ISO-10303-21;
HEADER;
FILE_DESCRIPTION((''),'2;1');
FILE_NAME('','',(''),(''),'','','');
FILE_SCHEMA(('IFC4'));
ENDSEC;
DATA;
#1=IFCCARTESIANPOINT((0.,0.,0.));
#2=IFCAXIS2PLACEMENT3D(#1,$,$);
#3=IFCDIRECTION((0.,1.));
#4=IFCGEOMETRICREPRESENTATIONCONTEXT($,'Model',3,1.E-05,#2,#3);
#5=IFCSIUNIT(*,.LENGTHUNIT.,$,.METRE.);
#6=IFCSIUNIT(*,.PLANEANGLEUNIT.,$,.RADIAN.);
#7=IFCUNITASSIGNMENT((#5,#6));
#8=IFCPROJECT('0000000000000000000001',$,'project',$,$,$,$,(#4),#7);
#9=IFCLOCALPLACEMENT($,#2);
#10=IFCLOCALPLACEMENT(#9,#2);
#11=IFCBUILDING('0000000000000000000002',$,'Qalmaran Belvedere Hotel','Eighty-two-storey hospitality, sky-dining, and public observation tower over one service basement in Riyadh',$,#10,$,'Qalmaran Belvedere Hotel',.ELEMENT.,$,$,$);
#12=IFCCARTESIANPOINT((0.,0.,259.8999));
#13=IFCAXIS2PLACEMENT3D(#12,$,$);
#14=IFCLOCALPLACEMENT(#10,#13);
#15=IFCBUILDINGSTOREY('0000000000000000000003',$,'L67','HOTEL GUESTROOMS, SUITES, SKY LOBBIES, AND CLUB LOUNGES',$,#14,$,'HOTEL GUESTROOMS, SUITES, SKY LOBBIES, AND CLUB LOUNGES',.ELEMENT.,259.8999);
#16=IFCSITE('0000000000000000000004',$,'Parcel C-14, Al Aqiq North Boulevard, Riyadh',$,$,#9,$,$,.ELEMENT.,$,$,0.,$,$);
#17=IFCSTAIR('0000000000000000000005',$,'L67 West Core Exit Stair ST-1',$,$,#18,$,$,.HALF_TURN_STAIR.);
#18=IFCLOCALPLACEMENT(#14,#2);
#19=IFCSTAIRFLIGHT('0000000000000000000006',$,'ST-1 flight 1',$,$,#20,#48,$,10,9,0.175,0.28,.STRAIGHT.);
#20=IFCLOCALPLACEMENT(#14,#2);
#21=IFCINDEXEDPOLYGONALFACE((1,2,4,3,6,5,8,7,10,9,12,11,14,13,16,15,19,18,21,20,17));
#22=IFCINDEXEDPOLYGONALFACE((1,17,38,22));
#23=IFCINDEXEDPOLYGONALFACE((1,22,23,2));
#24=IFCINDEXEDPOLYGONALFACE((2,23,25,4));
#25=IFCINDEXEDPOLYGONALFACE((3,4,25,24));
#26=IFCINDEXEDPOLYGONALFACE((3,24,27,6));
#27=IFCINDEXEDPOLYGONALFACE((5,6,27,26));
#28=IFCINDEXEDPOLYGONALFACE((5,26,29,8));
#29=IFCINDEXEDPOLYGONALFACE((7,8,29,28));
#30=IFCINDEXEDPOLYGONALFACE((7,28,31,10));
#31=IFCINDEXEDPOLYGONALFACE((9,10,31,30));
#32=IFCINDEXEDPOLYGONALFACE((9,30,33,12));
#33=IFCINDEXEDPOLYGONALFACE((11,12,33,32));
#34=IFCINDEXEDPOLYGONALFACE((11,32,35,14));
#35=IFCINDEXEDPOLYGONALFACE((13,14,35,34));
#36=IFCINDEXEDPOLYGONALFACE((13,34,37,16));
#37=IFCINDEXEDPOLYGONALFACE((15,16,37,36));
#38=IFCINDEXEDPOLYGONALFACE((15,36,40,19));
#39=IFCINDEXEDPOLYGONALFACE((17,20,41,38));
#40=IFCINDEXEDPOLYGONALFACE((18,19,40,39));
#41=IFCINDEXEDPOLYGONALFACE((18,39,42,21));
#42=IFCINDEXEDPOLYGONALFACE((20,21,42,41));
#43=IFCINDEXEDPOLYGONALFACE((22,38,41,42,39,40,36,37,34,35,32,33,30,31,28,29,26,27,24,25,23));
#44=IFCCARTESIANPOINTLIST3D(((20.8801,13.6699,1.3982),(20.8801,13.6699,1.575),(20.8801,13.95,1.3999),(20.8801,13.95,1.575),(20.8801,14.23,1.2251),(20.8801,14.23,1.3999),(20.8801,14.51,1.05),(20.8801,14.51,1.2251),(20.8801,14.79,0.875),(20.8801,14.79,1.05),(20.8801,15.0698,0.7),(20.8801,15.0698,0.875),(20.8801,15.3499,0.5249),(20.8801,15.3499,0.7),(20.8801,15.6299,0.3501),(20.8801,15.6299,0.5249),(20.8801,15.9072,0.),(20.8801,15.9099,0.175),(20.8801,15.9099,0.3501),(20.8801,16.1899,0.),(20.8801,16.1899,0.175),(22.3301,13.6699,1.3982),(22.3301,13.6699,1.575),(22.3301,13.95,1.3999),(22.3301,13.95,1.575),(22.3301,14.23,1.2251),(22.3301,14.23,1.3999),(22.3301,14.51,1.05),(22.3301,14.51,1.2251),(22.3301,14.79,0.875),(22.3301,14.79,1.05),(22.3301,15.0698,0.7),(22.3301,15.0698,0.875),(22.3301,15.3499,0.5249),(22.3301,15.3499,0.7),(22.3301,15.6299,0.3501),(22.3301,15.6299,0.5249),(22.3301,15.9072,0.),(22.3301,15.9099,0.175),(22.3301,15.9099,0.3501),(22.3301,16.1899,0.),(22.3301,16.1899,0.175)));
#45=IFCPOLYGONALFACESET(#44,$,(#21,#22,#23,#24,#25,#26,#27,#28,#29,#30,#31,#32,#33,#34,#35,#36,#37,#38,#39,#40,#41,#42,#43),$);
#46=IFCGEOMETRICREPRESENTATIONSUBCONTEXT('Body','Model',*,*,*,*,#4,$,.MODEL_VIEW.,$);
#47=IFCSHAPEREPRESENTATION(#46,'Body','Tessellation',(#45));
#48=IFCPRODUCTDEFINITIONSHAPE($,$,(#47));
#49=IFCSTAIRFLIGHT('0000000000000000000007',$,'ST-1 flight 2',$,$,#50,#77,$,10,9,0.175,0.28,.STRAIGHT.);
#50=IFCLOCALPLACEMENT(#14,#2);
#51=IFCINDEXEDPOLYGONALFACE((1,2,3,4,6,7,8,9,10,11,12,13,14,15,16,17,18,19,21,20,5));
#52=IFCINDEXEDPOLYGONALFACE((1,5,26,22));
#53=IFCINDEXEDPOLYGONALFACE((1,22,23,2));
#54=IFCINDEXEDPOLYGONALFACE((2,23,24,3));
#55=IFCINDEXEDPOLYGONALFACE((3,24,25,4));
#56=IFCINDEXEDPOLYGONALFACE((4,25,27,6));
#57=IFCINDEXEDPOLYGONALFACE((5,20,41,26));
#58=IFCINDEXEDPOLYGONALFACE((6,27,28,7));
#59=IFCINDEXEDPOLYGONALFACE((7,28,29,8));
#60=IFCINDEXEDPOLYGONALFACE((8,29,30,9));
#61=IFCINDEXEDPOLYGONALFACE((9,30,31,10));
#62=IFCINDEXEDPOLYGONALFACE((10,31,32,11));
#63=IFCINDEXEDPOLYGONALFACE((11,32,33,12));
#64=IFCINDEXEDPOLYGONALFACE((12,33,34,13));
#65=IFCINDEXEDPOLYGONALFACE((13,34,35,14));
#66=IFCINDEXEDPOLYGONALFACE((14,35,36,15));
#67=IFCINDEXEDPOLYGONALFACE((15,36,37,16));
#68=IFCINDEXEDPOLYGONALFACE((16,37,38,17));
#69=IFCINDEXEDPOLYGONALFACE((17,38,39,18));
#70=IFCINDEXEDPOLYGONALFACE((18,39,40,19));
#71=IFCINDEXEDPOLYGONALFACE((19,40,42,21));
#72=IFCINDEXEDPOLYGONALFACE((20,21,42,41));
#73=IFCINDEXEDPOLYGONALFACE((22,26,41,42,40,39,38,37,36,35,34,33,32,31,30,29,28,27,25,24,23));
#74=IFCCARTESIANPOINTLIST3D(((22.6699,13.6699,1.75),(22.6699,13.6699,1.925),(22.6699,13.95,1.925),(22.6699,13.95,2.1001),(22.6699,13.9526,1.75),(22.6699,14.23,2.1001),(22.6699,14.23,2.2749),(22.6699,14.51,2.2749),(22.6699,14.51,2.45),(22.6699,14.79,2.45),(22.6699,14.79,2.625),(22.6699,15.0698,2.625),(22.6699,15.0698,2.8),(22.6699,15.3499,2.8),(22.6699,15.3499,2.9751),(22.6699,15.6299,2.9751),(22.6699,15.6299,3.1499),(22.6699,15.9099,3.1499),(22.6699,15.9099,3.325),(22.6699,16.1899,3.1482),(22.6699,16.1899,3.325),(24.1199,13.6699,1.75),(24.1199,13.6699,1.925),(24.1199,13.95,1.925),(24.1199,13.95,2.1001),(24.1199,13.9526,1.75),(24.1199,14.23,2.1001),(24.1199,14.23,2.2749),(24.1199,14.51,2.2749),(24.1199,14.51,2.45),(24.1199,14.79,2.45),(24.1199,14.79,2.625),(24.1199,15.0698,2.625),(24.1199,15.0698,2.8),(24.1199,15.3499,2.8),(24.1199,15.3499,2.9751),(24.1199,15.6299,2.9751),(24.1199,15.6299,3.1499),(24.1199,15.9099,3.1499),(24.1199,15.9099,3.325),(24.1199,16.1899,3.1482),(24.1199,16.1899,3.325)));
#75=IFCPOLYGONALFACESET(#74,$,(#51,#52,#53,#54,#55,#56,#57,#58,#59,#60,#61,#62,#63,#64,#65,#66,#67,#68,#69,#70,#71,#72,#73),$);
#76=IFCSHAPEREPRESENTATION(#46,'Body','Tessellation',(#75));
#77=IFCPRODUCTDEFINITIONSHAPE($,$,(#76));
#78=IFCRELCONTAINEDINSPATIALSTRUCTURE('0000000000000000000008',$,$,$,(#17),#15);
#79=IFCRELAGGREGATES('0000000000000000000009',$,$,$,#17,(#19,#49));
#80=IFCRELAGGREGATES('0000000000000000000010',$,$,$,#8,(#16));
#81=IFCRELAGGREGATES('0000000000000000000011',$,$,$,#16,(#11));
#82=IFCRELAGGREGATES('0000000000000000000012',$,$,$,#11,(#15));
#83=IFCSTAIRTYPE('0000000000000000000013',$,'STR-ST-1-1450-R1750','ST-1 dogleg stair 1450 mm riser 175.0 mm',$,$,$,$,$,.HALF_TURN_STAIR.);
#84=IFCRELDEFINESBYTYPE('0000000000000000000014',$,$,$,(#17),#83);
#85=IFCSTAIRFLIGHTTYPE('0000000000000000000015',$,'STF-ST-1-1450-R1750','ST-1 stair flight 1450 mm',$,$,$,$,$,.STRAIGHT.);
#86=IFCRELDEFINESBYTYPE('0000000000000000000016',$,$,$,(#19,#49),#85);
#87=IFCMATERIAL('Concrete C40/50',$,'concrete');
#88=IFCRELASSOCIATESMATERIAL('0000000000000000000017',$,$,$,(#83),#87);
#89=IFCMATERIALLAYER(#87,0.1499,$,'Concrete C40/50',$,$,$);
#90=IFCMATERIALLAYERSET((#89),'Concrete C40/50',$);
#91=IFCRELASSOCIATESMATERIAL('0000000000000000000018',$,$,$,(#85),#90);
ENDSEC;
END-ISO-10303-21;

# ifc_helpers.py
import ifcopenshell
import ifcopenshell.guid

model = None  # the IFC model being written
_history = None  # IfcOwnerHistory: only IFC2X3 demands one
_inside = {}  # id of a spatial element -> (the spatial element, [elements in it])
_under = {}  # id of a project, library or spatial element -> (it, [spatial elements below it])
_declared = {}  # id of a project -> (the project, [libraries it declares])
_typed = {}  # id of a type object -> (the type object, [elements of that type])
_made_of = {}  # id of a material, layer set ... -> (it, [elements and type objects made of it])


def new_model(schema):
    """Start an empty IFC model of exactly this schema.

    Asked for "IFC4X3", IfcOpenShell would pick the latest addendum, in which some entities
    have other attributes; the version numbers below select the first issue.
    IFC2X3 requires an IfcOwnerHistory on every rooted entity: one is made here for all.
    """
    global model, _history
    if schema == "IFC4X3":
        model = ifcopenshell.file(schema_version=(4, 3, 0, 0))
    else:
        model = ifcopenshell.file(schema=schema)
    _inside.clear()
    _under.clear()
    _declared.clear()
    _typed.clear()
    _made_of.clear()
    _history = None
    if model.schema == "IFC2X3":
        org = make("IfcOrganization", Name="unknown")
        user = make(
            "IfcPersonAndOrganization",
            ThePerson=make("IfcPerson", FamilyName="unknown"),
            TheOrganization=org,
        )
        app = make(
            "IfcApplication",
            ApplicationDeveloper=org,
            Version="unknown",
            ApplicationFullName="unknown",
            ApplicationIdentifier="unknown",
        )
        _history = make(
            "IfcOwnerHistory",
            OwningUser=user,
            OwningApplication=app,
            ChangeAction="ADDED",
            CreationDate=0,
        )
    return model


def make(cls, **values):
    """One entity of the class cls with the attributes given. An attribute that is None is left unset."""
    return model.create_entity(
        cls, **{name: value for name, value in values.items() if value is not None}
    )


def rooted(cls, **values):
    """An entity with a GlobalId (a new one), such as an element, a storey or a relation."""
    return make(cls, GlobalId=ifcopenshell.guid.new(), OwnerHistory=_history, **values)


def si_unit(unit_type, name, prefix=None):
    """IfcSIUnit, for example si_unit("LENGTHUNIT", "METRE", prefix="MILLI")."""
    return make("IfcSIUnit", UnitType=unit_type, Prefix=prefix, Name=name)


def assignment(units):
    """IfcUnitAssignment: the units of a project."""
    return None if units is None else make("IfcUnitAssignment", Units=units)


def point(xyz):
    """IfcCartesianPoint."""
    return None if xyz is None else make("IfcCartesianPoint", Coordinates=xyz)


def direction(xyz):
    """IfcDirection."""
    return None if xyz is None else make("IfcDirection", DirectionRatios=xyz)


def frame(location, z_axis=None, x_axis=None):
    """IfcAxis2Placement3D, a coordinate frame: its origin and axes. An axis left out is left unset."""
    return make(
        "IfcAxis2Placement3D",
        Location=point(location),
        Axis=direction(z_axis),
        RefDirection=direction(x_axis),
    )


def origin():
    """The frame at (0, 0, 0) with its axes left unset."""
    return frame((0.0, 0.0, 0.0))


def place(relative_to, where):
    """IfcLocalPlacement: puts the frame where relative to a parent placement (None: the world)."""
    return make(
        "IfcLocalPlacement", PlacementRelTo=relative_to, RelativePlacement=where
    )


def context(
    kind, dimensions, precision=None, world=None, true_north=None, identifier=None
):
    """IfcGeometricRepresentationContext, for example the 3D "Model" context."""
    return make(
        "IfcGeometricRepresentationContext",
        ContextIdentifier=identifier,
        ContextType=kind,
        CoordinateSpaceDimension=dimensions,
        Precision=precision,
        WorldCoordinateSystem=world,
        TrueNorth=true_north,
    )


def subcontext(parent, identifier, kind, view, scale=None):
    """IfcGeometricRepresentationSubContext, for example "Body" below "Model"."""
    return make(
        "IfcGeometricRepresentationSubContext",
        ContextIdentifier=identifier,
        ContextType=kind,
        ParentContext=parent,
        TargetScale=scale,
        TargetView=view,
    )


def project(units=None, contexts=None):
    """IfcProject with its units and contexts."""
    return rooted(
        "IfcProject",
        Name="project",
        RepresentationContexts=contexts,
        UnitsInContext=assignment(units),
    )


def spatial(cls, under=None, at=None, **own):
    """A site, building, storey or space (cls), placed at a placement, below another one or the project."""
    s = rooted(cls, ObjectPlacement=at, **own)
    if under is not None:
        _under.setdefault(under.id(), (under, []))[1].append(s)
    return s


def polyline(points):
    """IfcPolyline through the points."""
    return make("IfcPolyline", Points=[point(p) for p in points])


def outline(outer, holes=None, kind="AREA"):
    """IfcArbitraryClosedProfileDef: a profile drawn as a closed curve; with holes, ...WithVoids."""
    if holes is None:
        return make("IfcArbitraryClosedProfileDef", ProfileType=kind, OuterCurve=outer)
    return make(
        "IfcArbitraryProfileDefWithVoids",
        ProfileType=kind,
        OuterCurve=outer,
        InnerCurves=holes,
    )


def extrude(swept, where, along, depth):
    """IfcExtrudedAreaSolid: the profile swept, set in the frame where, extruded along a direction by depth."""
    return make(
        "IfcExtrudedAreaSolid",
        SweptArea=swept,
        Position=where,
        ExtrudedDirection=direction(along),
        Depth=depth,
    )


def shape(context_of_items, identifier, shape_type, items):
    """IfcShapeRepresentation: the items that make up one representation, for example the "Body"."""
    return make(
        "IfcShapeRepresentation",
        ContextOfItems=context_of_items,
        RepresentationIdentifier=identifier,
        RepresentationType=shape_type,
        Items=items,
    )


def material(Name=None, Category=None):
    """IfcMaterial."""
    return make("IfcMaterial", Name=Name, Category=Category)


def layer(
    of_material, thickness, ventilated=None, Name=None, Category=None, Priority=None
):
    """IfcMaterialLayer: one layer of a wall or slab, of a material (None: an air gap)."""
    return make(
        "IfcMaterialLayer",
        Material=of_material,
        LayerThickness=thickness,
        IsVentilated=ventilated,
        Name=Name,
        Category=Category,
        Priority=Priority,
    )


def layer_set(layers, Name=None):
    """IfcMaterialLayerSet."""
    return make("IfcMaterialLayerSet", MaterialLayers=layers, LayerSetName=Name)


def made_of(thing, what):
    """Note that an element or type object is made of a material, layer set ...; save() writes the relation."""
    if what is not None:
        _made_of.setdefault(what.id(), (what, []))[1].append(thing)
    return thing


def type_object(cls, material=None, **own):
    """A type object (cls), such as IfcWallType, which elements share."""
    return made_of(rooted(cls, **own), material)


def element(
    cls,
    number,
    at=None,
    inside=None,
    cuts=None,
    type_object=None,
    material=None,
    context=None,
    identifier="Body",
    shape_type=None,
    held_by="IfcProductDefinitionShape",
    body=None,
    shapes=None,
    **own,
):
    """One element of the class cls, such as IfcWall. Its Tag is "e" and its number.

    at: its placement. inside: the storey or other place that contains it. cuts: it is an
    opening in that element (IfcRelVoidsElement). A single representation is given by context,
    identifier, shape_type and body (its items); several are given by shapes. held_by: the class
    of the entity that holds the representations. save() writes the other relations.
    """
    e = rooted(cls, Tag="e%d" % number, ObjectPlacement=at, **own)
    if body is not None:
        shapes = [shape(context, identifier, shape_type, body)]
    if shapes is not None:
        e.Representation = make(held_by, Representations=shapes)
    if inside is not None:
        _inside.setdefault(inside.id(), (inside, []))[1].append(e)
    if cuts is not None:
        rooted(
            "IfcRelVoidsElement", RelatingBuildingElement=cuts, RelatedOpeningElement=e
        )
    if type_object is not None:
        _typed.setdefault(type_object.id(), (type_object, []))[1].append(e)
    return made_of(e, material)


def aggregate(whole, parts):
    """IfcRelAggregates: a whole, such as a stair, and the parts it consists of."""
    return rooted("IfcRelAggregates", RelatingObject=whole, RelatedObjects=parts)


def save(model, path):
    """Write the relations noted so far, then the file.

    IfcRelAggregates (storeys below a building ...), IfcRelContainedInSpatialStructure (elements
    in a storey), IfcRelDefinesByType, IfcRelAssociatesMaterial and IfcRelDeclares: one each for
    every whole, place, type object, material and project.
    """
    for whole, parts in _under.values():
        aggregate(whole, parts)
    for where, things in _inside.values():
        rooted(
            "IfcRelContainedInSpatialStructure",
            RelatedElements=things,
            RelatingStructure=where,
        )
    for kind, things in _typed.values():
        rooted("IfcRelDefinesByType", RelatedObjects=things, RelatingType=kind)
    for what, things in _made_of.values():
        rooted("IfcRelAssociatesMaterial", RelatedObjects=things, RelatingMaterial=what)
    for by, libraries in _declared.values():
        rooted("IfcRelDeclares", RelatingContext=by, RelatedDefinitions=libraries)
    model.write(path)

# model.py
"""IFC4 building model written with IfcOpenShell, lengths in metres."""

from ifc_helpers import new_model, si_unit, direction, frame, origin, place, context, subcontext, project, spatial, polyline, outline, extrude, material, layer, layer_set, type_object, element, aggregate, save


model = new_model("IFC4")

# Units and contexts
model_context = context("Model", 3, precision=1e-05, world=origin(), true_north=direction((0.0, 1.0)))
body_context = subcontext(model_context, "Body", "Model", "MODEL_VIEW")
ifc_project = project(units=[si_unit("LENGTHUNIT", "METRE"), si_unit("PLANEANGLEUNIT", "RADIAN")], contexts=[model_context])

# Site, building, storey
site_placement = place(None, origin())
site = spatial("IfcSite", under=ifc_project, at=site_placement, Name="Parcel C-14, Al Aqiq North Boulevard, Riyadh", CompositionType="ELEMENT", RefElevation=0.0)
building_placement = place(site_placement, origin())
building = spatial("IfcBuilding", under=site, at=building_placement, Name="Qalmaran Belvedere Hotel", Description="Eighty-two-storey hospitality, sky-dining, and public observation tower over one service basement in Riyadh", LongName="Qalmaran Belvedere Hotel", CompositionType="ELEMENT")
storey_placement = place(building_placement, frame((0.0, 0.0, 259.8999)))
storey = spatial("IfcBuildingStorey", under=building, at=storey_placement, Name="L67", Description="HOTEL GUESTROOMS, SUITES, SKY LOBBIES, AND CLUB LOUNGES", LongName="HOTEL GUESTROOMS, SUITES, SKY LOBBIES, AND CLUB LOUNGES", CompositionType="ELEMENT", Elevation=259.8999)

# Stair, stair flights
ifc_material_1 = material(Name="Concrete C40/50", Category="concrete")
stair_type = type_object("IfcStairType", Name="STR-ST-1-1450-R1750", Description="ST-1 dogleg stair 1450 mm riser 175.0 mm", PredefinedType="HALF_TURN_STAIR", material=ifc_material_1)
stair_placement = place(storey_placement, origin())
stair = element("IfcStair", 1, at=stair_placement, inside=storey, type_object=stair_type, Name="L67 West Core Exit Stair ST-1", PredefinedType="HALF_TURN_STAIR")
ifc_layer_1 = layer(ifc_material_1, 0.1499, Name="Concrete C40/50")
ifc_layer_set_1 = layer_set([ifc_layer_1], Name="Concrete C40/50")
stair_flight_type = type_object("IfcStairFlightType", Name="STF-ST-1-1450-R1750", Description="ST-1 stair flight 1450 mm", PredefinedType="STRAIGHT", material=ifc_layer_set_1)
stair_flight_1_placement = place(storey_placement, frame((21.605, 16.1899, 0.0), z_axis=(0.0, 0.0, 1.0), x_axis=(0.0, -1.0, 0.0)))
stair_flight_1 = element("IfcStairFlight", 2, at=stair_flight_1_placement, type_object=stair_flight_type, Name="ST-1 flight 1", NumberOfRisers=10, NumberOfTreads=9, PredefinedType="STRAIGHT", RiserHeight=0.175, TreadLength=0.28, context=body_context, shape_type="SweptSolid", body=[
    extrude(outline(polyline([(0.0, 0.0), (0.0, 0.175), (0.28, 0.175), (0.28, 0.3501), (0.5601, 0.3501), (0.5601, 0.5249), (0.8401, 0.5249), (0.8401, 0.7), (1.1201, 0.7), (1.1201, 0.875), (1.3999, 0.875), (1.3999, 1.05), (1.6799, 1.05), (1.6799, 1.2251), (1.96, 1.2251), (1.96, 1.3999), (2.24, 1.3999), (2.24, 1.575), (2.52, 1.575), (2.52, 1.75), (2.52, 1.3982), (0.2827, 0.0), (0.0, 0.0)])), frame((0.0, 0.7251, 0.0), z_axis=(0.0, -1.0, 0.0), x_axis=(1.0, 0.0, 0.0)), (0.0, 0.0, 1.0), 1.45),
])
stair_flight_2_placement = place(storey_placement, frame((23.395, 13.6699, 1.75), z_axis=(0.0, 0.0, 1.0), x_axis=(0.0, 1.0, 0.0)))
stair_flight_2 = element("IfcStairFlight", 3, at=stair_flight_2_placement, type_object=stair_flight_type, Name="ST-1 flight 2", NumberOfRisers=10, NumberOfTreads=9, PredefinedType="STRAIGHT", RiserHeight=0.175, TreadLength=0.28, context=body_context, shape_type="SweptSolid", body=[
    extrude(outline(polyline([(0.0, 0.0), (0.0, 0.175), (0.28, 0.175), (0.28, 0.3501), (0.5601, 0.3501), (0.5601, 0.5249), (0.8401, 0.5249), (0.8401, 0.7), (1.1201, 0.7), (1.1201, 0.875), (1.3999, 0.875), (1.3999, 1.05), (1.6799, 1.05), (1.6799, 1.2251), (1.96, 1.2251), (1.96, 1.3999), (2.24, 1.3999), (2.24, 1.575), (2.52, 1.575), (2.52, 1.75), (2.52, 1.3982), (0.2827, 0.0), (0.0, 0.0)])), frame((0.0, 0.7251, 0.0), z_axis=(0.0, -1.0, 0.0), x_axis=(1.0, 0.0, 0.0)), (0.0, 0.0, 1.0), 1.45),
])
aggregate(stair, [stair_flight_1, stair_flight_2])

save(model, "model.ifc")
